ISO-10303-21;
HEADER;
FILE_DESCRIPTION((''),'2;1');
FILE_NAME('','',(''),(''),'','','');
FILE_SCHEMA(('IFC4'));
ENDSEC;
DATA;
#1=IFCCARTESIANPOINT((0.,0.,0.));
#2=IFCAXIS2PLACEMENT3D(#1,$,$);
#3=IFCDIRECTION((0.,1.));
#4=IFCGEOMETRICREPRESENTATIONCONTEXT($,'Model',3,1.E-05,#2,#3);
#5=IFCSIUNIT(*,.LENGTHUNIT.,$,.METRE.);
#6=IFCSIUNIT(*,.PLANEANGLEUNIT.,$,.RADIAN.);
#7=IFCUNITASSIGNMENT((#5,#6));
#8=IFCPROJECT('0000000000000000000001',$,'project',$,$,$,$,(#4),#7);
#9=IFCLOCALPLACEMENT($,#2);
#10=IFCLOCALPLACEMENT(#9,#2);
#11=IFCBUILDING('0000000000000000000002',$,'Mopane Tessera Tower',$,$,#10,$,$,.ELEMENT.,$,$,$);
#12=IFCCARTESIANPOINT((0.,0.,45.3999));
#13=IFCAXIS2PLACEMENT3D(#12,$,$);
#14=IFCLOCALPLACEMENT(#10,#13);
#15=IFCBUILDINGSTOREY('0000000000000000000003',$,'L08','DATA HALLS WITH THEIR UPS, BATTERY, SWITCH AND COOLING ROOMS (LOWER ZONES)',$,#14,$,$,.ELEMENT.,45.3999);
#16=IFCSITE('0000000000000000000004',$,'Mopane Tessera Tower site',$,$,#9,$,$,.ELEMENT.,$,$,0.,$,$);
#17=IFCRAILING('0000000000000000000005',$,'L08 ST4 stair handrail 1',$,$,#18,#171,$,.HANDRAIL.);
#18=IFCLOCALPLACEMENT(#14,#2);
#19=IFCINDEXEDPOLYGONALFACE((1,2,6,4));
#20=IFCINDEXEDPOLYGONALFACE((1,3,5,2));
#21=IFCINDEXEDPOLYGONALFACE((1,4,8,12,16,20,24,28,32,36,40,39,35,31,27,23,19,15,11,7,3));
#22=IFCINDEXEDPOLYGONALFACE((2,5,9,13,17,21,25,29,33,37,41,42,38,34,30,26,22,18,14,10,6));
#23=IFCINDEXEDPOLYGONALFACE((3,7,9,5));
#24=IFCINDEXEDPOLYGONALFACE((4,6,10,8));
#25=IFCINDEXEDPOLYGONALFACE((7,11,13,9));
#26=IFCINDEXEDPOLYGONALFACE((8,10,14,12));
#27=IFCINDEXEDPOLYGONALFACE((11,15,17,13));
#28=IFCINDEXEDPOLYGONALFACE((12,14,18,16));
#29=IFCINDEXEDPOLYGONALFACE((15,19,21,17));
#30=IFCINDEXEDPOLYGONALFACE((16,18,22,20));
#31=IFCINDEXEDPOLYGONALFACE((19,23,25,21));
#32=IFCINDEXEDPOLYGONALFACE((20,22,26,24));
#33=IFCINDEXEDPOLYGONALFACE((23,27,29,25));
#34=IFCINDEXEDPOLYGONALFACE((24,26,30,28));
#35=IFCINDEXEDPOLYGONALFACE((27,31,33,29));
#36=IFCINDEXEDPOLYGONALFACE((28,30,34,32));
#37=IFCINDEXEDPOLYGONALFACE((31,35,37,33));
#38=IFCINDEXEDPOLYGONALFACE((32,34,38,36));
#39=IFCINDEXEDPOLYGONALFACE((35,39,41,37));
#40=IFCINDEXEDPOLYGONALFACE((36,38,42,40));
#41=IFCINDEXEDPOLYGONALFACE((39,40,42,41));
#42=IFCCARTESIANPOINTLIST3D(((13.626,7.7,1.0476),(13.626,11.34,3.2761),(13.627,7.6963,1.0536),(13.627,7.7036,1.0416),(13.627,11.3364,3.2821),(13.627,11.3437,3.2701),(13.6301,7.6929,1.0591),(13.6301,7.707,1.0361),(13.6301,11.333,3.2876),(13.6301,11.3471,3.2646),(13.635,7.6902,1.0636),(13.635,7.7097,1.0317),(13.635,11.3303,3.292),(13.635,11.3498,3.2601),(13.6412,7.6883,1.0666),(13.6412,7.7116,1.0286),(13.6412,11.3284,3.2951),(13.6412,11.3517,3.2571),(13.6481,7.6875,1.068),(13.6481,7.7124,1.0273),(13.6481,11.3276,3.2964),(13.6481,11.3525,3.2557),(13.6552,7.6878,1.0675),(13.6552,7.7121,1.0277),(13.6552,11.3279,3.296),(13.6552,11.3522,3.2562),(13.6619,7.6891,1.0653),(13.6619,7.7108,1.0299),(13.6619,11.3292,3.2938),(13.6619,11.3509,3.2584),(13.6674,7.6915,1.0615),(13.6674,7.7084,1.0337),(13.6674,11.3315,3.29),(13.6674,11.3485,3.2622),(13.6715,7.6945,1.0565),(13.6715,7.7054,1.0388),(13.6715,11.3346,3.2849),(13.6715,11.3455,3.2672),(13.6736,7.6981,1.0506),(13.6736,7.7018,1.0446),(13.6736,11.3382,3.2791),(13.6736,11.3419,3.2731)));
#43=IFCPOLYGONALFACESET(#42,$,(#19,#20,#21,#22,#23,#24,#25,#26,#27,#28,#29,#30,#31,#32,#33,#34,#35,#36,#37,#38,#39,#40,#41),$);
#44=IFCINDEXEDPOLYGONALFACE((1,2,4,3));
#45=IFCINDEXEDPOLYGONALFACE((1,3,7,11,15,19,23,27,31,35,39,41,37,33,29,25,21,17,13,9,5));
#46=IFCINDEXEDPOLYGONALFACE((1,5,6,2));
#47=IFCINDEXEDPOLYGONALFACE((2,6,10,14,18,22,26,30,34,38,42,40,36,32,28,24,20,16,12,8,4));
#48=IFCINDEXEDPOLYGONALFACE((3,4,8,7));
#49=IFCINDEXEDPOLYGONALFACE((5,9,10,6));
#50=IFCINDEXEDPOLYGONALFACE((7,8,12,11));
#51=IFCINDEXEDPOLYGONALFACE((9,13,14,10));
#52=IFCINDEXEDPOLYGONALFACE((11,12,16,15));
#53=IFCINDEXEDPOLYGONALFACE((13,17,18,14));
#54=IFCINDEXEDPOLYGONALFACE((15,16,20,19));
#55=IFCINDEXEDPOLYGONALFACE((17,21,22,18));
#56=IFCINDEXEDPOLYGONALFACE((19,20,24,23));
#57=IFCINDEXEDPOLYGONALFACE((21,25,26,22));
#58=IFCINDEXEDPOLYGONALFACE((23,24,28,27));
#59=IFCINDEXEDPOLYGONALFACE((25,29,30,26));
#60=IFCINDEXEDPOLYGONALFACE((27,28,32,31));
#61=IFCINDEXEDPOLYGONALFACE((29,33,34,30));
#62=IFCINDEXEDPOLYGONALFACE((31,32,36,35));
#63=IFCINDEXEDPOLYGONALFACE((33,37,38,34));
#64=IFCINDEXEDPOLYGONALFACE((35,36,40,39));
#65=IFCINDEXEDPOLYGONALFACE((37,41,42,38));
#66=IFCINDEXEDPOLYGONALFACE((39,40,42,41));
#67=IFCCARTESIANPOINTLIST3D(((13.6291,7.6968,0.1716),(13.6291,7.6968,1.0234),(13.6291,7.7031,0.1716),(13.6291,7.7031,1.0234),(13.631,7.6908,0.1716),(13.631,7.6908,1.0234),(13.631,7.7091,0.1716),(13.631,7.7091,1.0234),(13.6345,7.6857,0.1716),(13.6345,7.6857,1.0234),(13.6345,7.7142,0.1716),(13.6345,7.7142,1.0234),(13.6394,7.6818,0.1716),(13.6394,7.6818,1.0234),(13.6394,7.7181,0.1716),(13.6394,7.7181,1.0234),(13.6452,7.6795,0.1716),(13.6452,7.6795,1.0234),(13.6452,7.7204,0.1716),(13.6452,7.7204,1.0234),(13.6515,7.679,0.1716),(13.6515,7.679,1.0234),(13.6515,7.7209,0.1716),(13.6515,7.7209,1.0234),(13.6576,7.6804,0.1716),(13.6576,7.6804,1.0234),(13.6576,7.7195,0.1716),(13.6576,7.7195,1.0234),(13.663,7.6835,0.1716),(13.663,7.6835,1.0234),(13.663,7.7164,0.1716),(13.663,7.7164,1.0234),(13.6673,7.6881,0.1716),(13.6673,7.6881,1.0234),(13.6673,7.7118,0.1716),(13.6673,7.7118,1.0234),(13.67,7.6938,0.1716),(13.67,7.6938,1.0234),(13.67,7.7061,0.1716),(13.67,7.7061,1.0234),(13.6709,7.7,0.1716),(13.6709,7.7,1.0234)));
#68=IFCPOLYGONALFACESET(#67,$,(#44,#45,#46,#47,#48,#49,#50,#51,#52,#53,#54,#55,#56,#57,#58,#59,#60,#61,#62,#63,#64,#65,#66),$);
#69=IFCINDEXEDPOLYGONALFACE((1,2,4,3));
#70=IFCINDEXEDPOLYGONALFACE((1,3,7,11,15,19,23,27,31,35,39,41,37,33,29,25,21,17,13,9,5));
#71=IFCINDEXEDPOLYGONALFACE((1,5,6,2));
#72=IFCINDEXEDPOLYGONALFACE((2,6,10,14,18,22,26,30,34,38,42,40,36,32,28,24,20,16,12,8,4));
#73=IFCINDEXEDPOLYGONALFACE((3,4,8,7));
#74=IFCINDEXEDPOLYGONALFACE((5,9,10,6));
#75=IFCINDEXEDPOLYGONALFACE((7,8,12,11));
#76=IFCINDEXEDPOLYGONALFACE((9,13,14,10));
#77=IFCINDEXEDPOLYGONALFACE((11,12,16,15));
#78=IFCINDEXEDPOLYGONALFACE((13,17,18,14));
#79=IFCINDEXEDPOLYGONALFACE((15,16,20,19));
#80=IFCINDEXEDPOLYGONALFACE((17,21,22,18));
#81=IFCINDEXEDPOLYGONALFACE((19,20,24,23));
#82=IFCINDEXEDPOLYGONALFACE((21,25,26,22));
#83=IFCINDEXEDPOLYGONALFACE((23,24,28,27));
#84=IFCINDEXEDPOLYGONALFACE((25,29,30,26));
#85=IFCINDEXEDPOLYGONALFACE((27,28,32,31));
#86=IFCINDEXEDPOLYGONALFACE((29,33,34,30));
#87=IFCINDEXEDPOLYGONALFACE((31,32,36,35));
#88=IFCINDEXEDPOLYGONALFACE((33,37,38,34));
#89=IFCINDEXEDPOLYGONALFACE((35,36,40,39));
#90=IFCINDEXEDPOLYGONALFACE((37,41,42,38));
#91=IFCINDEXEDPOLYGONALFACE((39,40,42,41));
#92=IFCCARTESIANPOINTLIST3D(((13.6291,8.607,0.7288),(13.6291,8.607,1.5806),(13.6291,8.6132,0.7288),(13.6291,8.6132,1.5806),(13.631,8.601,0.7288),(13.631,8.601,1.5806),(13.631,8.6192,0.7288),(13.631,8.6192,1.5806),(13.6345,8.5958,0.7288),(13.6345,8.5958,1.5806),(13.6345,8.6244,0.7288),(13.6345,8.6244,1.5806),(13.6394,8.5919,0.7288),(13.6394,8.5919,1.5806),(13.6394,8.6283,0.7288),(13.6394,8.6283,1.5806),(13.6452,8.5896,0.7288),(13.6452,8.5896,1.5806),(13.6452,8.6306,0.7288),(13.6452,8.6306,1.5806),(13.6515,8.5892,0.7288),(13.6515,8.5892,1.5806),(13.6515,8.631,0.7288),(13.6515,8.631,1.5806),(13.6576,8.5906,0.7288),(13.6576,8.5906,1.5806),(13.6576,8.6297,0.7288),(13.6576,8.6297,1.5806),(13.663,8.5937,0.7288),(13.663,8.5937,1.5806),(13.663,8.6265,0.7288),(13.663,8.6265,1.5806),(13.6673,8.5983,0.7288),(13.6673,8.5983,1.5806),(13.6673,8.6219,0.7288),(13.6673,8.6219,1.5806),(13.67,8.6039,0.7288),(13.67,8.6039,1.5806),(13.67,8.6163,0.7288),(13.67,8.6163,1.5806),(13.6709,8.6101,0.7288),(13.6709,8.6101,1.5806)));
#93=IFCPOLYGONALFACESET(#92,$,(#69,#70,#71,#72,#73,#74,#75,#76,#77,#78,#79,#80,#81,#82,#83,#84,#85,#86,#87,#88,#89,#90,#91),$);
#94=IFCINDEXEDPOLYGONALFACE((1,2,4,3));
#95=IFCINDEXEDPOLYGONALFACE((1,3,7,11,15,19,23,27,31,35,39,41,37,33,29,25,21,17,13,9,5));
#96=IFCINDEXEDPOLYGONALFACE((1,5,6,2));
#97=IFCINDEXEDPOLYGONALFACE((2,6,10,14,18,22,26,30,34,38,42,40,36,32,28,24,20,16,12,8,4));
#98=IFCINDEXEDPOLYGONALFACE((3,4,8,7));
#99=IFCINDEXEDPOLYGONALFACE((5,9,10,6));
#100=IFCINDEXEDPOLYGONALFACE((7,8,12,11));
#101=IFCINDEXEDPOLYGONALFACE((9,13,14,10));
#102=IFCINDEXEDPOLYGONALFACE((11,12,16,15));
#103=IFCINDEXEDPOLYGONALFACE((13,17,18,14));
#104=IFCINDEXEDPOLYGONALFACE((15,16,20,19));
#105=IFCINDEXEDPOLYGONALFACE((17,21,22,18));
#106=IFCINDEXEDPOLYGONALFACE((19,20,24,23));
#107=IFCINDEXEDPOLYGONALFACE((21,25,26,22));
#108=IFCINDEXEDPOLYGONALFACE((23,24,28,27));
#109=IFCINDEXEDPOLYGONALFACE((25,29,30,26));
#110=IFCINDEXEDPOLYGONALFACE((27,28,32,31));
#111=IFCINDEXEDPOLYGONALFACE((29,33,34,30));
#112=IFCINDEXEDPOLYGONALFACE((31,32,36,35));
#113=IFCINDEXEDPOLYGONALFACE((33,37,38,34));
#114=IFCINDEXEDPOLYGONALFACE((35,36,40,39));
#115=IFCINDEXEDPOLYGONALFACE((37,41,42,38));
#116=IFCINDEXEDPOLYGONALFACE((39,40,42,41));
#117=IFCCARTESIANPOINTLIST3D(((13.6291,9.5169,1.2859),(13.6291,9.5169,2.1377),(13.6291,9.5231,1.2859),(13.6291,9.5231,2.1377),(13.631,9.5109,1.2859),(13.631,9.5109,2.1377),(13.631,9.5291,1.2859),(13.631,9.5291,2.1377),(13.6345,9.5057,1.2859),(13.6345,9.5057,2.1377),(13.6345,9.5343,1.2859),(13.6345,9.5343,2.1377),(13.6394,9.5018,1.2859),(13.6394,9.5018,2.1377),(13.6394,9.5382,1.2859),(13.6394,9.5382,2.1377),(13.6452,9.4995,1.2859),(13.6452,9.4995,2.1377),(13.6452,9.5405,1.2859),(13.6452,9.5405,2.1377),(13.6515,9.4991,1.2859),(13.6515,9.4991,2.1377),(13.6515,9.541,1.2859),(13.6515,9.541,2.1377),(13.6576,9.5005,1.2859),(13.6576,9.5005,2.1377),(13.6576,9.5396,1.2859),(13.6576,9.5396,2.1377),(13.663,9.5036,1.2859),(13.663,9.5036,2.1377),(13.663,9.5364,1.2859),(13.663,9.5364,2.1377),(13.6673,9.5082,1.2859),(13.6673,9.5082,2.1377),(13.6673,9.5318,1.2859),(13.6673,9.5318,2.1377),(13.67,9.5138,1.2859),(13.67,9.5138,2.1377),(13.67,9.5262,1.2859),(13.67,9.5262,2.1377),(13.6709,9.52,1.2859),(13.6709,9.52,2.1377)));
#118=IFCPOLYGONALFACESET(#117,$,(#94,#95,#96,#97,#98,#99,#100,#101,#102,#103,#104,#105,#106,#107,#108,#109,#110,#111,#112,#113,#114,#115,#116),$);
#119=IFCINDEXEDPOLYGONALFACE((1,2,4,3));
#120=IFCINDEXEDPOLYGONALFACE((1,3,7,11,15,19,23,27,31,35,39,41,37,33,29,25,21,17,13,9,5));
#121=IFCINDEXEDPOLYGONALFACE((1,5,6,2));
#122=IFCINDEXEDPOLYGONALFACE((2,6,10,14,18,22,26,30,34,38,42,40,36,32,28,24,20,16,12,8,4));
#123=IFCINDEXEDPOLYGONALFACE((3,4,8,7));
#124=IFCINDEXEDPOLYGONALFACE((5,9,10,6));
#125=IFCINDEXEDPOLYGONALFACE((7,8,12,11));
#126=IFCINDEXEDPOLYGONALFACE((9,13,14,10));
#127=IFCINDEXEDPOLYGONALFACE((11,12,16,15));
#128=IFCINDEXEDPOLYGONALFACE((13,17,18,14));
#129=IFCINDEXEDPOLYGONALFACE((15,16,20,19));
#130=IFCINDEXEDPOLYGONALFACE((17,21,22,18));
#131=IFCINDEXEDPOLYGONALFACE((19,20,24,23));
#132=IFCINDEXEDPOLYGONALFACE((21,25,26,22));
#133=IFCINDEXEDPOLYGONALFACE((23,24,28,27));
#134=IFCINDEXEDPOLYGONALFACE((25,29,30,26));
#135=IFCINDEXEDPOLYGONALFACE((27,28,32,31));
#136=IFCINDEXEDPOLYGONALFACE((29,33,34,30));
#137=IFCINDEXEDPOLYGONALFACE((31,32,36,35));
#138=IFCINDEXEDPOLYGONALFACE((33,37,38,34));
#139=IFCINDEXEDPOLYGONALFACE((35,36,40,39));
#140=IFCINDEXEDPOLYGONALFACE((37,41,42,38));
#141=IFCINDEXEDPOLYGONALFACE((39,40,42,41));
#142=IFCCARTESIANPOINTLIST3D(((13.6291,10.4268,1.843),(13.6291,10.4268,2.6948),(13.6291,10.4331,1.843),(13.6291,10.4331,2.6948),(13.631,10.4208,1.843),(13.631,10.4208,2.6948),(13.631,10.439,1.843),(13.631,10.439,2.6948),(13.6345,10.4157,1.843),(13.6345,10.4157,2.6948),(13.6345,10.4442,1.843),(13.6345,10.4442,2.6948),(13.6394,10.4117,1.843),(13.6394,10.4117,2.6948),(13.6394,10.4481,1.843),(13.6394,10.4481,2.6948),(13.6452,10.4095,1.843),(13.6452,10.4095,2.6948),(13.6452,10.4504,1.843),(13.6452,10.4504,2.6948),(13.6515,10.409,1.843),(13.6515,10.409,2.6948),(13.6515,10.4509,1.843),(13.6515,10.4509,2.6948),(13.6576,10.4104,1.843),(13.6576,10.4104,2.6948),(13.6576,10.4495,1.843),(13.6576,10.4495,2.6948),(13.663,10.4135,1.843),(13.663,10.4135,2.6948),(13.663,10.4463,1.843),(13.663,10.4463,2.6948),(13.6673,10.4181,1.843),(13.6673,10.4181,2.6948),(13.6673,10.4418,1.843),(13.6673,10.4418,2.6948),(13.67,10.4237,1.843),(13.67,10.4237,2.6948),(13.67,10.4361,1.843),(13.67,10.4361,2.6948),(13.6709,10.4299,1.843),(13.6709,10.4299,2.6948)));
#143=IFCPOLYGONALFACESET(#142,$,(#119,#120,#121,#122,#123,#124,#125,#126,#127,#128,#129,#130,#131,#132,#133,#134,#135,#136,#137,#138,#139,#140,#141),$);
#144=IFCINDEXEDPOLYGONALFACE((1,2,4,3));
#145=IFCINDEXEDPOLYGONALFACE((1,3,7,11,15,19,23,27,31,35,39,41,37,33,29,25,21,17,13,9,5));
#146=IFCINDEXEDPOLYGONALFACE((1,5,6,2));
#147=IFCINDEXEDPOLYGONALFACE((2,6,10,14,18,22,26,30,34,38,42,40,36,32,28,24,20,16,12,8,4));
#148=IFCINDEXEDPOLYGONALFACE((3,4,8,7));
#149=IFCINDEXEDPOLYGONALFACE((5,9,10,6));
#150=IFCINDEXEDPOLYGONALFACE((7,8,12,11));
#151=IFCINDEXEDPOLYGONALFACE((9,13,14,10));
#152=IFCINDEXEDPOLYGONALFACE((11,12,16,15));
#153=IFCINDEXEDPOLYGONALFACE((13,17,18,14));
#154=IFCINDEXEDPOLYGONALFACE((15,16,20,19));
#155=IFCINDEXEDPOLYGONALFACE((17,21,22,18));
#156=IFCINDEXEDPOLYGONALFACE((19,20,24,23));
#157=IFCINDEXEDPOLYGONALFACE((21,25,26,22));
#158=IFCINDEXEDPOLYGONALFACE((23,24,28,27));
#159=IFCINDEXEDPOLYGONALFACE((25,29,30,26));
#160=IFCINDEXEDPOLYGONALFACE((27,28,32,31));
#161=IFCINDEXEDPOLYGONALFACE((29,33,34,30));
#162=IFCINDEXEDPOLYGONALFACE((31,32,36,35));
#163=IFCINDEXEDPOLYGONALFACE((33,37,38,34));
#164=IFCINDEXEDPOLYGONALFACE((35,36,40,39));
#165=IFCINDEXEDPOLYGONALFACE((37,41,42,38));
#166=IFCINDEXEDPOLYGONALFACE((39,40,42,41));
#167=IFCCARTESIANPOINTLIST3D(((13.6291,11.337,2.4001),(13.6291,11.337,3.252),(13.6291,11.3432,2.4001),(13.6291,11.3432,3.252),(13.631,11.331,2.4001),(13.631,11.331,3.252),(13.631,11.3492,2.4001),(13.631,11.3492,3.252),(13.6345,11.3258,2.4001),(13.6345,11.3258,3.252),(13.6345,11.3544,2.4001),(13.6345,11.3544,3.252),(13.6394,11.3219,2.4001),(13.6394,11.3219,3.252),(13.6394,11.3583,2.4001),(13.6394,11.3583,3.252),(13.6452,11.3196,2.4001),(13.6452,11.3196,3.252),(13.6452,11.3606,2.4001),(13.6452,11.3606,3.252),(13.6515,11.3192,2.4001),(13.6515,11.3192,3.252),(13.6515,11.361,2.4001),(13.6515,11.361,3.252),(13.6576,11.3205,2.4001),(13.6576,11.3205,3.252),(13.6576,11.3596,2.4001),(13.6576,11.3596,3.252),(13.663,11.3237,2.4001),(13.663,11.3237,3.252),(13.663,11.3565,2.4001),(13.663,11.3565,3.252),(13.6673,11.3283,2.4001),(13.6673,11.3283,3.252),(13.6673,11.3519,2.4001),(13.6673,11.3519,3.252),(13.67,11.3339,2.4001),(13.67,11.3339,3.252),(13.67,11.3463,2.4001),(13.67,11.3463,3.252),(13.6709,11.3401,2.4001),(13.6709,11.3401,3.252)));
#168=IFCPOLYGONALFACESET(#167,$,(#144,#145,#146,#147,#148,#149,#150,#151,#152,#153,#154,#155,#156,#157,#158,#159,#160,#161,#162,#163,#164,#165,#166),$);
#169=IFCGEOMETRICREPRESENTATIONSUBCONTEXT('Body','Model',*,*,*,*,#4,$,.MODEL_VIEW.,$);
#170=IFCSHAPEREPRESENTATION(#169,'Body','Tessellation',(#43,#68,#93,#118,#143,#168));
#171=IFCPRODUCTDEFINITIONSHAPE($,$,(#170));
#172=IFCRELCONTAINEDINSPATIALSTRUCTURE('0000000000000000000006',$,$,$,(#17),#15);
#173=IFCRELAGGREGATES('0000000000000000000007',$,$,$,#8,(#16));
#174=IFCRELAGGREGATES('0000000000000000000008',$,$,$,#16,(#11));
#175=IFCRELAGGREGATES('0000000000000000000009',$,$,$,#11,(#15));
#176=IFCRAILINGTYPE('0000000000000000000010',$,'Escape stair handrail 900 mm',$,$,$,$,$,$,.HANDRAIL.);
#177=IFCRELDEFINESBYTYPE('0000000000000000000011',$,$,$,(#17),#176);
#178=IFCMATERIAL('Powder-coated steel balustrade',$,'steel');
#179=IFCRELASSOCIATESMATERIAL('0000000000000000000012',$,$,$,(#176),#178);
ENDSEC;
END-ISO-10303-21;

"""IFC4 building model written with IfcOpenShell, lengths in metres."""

from ifc_helpers import new_model, si_unit, direction, frame, origin, origin_2d, place, context, subcontext, project, spatial, circle, extrude, material, type_object, element, save


model = new_model("IFC4")

# Units and contexts
model_context = context("Model", 3, precision=1e-05, world=origin(), true_north=direction((0.0, 1.0)))
body_context = subcontext(model_context, "Body", "Model", "MODEL_VIEW")
ifc_project = project(units=[si_unit("LENGTHUNIT", "METRE"), si_unit("PLANEANGLEUNIT", "RADIAN")], contexts=[model_context])

# Site, building, storey
site_placement = place(None, origin())
site = spatial("IfcSite", under=ifc_project, at=site_placement, Name="Mopane Tessera Tower site", CompositionType="ELEMENT", RefElevation=0.0)
building_placement = place(site_placement, origin())
building = spatial("IfcBuilding", under=site, at=building_placement, Name="Mopane Tessera Tower", CompositionType="ELEMENT")
storey_placement = place(building_placement, frame((0.0, 0.0, 45.3999)))
storey = spatial("IfcBuildingStorey", under=building, at=storey_placement, Name="L08", Description="DATA HALLS WITH THEIR UPS, BATTERY, SWITCH AND COOLING ROOMS (LOWER ZONES)", CompositionType="ELEMENT", Elevation=45.3999)

# Railing
ifc_material_1 = material(Name="Powder-coated steel balustrade", Category="steel")
railing_type_1 = type_object("IfcRailingType", Name="Escape stair handrail 900 mm", PredefinedType="HANDRAIL", material=ifc_material_1)
railing_1_placement = place(storey_placement, frame((13.6499, 7.7, 0.1716)))
element("IfcRailing", 1, at=railing_1_placement, inside=storey, type_object=railing_type_1, Name="L08 ST4 stair handrail 1", PredefinedType="HANDRAIL", context=body_context, shape_type="SweptSolid", body=[
    extrude(circle(Radius=0.0239, at=origin_2d()), frame((0.0, 0.0, 0.876), z_axis=(0.0, 0.852866, 0.52213), x_axis=(-1.0, 0.0, 0.0)), (0.0, 0.0, 1.0), 4.2681),
    extrude(circle(Radius=0.021, at=origin_2d()), origin(), (0.0, 0.0, 1.0), 0.8518),
    extrude(circle(Radius=0.021, at=origin_2d()), frame((0.0, 0.9102, 0.5571)), (0.0, 0.0, 1.0), 0.8518),
    extrude(circle(Radius=0.021, at=origin_2d()), frame((0.0, 1.8201, 1.1143)), (0.0, 0.0, 1.0), 0.8518),
    extrude(circle(Radius=0.021, at=origin_2d()), frame((0.0, 2.73, 1.6714)), (0.0, 0.0, 1.0), 0.8518),
    extrude(circle(Radius=0.021, at=origin_2d()), frame((0.0, 3.6401, 2.2285)), (0.0, 0.0, 1.0), 0.8518),
])

save(model, "model.ifc")
